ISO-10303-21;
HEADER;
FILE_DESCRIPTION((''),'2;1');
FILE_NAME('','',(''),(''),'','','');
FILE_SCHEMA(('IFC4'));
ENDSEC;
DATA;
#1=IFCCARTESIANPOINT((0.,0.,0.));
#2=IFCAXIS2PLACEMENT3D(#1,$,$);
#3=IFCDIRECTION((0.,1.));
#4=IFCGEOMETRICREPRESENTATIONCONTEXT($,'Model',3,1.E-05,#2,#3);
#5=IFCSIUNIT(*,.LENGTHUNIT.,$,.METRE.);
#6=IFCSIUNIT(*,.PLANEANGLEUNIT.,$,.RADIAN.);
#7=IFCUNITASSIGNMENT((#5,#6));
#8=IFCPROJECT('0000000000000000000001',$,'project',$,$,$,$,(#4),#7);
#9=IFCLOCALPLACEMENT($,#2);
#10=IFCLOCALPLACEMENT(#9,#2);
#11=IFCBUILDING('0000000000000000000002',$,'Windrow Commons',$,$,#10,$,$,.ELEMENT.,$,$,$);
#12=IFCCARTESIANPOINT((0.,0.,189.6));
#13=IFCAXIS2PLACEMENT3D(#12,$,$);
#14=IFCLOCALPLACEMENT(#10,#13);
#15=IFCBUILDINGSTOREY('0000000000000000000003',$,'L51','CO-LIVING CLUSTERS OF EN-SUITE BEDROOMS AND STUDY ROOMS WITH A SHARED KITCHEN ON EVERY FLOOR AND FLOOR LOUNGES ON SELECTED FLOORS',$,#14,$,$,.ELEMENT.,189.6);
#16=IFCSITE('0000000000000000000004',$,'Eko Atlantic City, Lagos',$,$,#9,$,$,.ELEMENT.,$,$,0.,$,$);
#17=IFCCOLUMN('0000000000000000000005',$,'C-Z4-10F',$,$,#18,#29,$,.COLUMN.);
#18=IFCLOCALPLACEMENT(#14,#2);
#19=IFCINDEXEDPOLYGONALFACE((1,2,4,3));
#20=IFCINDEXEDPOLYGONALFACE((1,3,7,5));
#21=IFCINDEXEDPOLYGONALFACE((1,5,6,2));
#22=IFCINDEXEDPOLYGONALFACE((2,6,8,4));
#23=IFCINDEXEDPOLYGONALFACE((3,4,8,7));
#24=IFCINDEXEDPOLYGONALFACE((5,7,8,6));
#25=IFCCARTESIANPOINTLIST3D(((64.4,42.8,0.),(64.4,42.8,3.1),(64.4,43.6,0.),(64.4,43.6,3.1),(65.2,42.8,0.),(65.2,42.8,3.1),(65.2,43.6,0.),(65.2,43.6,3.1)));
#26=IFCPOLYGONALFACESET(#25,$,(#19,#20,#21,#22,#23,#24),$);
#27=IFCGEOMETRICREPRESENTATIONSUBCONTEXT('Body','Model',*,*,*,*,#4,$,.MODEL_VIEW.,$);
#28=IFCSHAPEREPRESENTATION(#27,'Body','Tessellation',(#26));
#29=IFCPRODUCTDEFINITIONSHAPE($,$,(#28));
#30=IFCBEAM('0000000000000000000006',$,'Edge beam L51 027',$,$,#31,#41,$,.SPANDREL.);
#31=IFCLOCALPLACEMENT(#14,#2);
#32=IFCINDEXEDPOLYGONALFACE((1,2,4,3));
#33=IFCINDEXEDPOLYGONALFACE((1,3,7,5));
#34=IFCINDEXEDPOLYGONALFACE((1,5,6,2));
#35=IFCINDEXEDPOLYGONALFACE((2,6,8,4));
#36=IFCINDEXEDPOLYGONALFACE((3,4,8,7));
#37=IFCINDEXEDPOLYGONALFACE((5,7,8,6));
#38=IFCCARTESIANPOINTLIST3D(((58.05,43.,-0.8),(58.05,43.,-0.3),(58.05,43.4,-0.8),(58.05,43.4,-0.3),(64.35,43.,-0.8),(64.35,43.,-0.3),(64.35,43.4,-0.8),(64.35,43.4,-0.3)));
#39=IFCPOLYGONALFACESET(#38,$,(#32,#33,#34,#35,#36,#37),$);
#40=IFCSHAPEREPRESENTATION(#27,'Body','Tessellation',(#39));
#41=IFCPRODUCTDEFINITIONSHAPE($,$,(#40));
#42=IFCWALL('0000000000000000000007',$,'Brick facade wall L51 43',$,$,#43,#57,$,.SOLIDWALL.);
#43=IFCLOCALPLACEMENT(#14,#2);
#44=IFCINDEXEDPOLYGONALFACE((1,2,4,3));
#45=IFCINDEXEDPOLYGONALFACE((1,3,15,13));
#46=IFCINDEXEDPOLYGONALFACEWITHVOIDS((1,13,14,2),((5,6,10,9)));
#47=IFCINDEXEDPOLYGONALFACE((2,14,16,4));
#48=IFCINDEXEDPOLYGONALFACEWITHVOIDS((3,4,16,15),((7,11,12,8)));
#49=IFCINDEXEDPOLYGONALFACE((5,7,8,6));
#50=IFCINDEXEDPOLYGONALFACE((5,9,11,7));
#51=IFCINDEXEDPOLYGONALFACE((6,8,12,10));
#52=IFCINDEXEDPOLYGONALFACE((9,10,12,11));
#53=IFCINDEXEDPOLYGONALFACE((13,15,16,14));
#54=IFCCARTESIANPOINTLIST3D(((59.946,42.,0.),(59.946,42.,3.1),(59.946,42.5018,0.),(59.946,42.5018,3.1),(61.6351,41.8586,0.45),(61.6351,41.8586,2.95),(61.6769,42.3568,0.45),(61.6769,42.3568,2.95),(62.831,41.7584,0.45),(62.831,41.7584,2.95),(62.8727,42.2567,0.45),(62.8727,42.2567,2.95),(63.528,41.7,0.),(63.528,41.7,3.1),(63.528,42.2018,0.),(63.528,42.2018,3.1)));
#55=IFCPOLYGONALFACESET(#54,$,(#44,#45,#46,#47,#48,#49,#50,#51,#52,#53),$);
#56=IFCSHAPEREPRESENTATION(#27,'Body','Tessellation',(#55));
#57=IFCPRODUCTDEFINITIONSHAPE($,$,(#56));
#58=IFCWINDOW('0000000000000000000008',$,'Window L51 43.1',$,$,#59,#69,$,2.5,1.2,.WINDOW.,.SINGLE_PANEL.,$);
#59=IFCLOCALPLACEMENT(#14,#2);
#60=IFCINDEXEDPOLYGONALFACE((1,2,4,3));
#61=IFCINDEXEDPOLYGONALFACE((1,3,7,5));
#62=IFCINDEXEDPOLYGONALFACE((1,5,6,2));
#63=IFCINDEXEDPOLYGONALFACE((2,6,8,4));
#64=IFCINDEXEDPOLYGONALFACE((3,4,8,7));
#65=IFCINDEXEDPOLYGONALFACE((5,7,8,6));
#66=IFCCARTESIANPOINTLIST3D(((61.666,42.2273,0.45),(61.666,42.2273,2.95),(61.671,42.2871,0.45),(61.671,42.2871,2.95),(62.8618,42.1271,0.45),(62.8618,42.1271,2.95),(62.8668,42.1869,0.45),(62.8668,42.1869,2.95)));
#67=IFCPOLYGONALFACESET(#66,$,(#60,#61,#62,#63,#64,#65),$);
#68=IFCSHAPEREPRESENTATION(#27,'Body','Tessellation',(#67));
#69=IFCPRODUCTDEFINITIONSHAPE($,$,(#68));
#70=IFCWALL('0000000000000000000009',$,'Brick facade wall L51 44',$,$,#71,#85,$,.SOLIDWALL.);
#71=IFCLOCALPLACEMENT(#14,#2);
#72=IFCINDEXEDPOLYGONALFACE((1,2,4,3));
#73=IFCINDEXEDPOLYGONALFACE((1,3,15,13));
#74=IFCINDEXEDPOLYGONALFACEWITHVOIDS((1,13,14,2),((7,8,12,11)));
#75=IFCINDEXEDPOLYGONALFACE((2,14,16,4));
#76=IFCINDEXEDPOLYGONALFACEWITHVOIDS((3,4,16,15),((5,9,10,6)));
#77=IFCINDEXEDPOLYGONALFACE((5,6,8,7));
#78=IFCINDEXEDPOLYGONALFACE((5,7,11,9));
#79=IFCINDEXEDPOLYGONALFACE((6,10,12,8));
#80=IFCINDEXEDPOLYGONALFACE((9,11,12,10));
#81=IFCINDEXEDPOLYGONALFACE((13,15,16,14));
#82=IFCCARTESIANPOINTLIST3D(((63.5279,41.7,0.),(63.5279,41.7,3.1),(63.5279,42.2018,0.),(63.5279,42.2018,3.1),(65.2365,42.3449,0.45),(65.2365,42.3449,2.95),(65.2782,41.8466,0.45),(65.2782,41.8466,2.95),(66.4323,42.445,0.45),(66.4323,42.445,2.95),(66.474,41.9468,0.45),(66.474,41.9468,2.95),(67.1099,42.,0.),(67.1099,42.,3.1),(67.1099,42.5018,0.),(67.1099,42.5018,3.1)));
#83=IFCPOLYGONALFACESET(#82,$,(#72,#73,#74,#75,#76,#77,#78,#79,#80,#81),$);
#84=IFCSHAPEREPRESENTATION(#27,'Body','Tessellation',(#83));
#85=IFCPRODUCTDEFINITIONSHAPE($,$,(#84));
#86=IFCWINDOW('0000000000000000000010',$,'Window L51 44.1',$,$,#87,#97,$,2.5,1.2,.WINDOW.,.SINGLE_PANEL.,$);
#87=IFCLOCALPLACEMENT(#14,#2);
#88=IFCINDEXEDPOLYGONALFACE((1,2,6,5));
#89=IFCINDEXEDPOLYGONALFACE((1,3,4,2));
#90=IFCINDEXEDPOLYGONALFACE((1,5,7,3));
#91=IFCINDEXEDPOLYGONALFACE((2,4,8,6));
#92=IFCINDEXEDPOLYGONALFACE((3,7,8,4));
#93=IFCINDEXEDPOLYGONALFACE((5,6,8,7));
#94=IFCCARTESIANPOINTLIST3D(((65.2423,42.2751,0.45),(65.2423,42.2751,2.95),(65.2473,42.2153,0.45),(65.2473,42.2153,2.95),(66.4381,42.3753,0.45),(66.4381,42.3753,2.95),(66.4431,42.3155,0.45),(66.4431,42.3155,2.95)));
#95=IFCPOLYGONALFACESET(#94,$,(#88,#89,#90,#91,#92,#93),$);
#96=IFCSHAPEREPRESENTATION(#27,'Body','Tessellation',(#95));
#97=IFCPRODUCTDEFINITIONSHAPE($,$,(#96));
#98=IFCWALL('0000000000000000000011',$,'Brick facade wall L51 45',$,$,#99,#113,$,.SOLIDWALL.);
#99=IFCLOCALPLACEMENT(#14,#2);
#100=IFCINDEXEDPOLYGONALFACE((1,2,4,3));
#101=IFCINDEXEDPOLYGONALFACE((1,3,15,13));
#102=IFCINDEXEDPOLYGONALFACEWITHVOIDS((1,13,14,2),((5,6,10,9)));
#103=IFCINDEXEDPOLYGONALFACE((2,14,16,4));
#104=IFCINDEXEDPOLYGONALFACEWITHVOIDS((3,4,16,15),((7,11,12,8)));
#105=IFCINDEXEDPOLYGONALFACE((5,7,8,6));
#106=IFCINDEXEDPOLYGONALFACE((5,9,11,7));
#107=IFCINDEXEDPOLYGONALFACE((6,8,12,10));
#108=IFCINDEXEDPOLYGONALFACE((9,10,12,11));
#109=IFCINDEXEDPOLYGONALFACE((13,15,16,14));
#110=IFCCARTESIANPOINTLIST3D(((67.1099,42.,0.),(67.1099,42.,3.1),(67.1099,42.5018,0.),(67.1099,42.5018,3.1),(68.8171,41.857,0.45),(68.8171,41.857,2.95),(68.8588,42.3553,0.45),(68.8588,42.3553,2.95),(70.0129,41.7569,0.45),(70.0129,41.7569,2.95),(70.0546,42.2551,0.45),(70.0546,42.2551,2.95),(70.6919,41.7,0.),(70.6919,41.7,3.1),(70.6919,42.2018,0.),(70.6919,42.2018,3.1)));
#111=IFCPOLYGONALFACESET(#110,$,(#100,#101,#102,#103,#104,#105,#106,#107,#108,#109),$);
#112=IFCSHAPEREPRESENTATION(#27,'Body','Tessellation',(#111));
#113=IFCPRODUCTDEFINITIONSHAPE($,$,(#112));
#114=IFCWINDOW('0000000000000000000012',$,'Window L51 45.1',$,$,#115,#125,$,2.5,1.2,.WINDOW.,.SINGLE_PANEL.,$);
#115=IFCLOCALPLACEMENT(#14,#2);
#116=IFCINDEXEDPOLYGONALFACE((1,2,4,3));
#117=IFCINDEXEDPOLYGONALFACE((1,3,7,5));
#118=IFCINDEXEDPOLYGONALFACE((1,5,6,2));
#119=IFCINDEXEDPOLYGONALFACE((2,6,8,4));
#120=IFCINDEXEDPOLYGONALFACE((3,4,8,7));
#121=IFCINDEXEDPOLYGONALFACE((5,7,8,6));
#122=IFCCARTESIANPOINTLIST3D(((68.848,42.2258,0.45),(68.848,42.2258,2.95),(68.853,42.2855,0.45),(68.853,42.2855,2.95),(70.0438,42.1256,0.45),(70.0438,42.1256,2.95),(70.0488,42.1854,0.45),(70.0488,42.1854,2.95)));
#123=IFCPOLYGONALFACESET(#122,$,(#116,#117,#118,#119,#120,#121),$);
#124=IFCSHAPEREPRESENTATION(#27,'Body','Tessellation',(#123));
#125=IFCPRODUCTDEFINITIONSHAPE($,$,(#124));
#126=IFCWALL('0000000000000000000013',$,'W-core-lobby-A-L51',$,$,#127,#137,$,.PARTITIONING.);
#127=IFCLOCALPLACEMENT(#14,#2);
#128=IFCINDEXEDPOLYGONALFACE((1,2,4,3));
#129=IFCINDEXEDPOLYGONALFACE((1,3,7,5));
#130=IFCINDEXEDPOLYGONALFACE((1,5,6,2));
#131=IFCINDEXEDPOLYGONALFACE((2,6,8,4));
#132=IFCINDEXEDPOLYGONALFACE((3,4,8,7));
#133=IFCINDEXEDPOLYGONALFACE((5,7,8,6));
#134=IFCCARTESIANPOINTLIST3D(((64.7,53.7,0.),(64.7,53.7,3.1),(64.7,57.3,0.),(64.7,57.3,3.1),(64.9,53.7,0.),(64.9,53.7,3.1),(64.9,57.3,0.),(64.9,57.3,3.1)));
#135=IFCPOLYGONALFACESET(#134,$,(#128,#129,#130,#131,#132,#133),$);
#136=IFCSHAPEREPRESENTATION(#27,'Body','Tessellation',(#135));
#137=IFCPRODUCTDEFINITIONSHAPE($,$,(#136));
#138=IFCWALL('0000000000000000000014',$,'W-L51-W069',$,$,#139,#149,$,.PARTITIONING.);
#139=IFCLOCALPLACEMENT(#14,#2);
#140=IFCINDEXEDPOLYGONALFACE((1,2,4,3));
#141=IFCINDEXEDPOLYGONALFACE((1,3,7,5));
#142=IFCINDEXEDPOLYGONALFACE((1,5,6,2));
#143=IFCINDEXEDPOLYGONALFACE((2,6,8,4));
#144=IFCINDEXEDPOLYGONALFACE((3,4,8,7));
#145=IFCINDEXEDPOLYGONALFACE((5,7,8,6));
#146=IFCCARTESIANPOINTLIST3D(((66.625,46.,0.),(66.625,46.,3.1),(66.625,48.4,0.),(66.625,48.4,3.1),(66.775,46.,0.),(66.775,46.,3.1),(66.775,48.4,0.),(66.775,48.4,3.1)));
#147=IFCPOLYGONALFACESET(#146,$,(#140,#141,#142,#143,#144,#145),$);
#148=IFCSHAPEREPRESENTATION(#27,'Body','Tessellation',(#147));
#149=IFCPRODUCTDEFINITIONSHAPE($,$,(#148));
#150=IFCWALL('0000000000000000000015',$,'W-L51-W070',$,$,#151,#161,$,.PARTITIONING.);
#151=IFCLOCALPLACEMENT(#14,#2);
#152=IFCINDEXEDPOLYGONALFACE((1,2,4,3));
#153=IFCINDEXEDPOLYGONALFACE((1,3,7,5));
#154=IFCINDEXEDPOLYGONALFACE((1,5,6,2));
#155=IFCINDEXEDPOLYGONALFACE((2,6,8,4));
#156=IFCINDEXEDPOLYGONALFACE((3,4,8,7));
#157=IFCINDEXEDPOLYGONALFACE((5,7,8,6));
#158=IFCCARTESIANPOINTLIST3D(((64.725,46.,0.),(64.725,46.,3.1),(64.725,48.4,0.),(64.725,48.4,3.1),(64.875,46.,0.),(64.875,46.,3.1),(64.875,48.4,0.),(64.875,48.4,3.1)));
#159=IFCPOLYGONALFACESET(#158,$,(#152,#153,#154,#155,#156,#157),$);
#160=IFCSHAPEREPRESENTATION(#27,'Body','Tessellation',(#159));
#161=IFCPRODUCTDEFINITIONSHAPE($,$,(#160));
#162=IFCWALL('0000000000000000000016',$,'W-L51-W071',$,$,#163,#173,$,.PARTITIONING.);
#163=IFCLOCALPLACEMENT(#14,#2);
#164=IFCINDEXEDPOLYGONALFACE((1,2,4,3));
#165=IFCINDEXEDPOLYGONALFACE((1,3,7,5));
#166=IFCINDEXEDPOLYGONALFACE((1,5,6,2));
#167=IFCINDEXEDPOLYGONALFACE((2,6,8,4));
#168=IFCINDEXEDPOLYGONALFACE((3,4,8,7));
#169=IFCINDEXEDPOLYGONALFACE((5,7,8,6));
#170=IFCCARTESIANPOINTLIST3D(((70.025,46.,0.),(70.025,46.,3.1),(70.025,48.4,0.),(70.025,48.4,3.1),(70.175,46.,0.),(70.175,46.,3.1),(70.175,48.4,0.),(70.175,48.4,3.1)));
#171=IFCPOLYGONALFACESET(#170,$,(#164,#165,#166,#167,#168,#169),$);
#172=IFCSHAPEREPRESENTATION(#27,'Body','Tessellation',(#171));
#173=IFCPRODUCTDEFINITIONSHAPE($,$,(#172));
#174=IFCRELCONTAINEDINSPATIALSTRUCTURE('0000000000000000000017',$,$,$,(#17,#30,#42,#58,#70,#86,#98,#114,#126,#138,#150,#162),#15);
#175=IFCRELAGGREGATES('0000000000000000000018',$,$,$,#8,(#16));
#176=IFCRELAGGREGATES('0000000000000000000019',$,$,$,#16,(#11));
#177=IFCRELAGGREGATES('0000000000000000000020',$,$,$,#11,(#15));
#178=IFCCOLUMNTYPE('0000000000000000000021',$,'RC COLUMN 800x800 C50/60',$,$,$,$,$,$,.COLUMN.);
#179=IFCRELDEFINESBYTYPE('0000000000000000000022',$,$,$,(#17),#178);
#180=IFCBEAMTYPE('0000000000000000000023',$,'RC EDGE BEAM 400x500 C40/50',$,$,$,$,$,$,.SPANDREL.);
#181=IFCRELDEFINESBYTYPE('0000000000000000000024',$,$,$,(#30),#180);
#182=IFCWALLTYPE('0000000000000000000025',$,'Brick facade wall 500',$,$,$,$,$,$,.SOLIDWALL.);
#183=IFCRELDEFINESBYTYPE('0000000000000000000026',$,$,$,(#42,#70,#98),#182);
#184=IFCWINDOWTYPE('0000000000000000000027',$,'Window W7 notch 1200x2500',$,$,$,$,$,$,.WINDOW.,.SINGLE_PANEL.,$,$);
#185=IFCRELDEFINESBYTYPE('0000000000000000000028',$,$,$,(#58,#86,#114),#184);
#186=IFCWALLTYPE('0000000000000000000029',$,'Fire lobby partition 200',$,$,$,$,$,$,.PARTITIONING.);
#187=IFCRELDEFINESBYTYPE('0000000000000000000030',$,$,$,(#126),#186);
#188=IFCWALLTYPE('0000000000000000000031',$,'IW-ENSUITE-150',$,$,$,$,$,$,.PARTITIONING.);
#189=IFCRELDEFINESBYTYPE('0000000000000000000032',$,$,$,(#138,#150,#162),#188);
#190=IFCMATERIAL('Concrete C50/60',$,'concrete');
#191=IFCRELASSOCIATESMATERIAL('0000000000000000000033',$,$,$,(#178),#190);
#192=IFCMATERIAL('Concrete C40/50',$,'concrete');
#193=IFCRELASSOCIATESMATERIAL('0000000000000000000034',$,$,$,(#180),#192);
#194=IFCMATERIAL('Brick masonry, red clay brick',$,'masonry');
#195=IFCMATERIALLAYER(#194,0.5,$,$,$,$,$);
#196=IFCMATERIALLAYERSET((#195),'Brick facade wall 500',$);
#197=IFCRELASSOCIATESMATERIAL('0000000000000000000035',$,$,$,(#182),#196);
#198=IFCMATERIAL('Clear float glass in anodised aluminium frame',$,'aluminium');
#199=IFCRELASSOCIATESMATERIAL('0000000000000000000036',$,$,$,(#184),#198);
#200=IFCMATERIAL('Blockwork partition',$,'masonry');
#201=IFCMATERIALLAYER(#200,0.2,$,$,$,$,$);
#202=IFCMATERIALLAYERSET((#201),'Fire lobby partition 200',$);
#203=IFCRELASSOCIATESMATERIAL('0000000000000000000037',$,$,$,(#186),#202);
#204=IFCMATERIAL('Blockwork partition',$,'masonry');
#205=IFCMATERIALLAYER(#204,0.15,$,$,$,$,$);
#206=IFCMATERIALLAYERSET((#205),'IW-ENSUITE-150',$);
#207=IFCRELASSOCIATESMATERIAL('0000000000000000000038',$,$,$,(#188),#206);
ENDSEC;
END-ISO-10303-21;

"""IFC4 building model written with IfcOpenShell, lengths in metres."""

from ifc_helpers import new_model, si_unit, direction, frame, frame_2d, origin, origin_2d, place, context, subcontext, project, spatial, polyline, rectangle, outline, extrude, material, layer, layer_set, material_profile, profile_set, type_object, element, fill, save


model = new_model("IFC4")

# Units and contexts
model_context = context("Model", 3, precision=1e-05, world=origin(), true_north=direction((0.0, 1.0)))
body_context = subcontext(model_context, "Body", "Model", "MODEL_VIEW")
ifc_project = project(units=[si_unit("LENGTHUNIT", "METRE"), si_unit("PLANEANGLEUNIT", "RADIAN")], contexts=[model_context])

# Site, building, storey
site_placement = place(None, origin())
site = spatial("IfcSite", under=ifc_project, at=site_placement, Name="Eko Atlantic City, Lagos", CompositionType="ELEMENT", RefElevation=0.0)
building_placement = place(site_placement, origin())
building = spatial("IfcBuilding", under=site, at=building_placement, Name="Windrow Commons", CompositionType="ELEMENT")
storey_placement = place(building_placement, frame((0.0, 0.0, 189.6)))
storey = spatial("IfcBuildingStorey", under=building, at=storey_placement, Name="L51", Description="CO-LIVING CLUSTERS OF EN-SUITE BEDROOMS AND STUDY ROOMS WITH A SHARED KITCHEN ON EVERY FLOOR AND FLOOR LOUNGES ON SELECTED FLOORS", CompositionType="ELEMENT", Elevation=189.6)

# Column
ifc_material_1 = material(Name="Concrete C50/60", Category="concrete")
ifc_material_profile_1 = material_profile(ifc_material_1, rectangle(XDim=0.8, YDim=0.8, at=origin_2d()))
ifc_profile_set_1 = profile_set([ifc_material_profile_1], Name="Concrete C50/60")
column_type = type_object("IfcColumnType", Name="RC COLUMN 800x800 C50/60", PredefinedType="COLUMN", material=ifc_profile_set_1)
column_placement = place(storey_placement, frame((64.8, 43.2, 0.0), z_axis=(0.0, 0.0, 1.0), x_axis=(1.0, 0.0, 0.0)))
element("IfcColumn", 1, at=column_placement, inside=storey, type_object=column_type, Name="C-Z4-10F", PredefinedType="COLUMN", context=body_context, shape_type="SweptSolid", body=[
    extrude(rectangle(XDim=0.8, YDim=0.8, at=origin_2d()), origin(), (0.0, 0.0, 1.0), 3.1),
])

# Beam
ifc_material_2 = material(Name="Concrete C40/50", Category="concrete")
ifc_material_profile_2 = material_profile(ifc_material_2, rectangle(XDim=0.4, YDim=0.5, at=origin_2d()))
ifc_profile_set_2 = profile_set([ifc_material_profile_2], Name="Concrete C40/50")
beam_type = type_object("IfcBeamType", Name="RC EDGE BEAM 400x500 C40/50", PredefinedType="SPANDREL", material=ifc_profile_set_2)
beam_placement = place(storey_placement, frame((64.35, 43.2, -0.55), z_axis=(-1.0, 0.0, 0.0), x_axis=(0.0, -1.0, 0.0)))
element("IfcBeam", 2, at=beam_placement, inside=storey, type_object=beam_type, Name="Edge beam L51 027", PredefinedType="SPANDREL", context=body_context, shape_type="SweptSolid", body=[
    extrude(rectangle(XDim=0.4, YDim=0.5, at=origin_2d()), origin(), (0.0, 0.0, 1.0), 6.3),
])

# Walls, openings, windows
ifc_material_3 = material(Name="Brick masonry, red clay brick", Category="masonry")
ifc_layer_1 = layer(ifc_material_3, 0.5)
ifc_layer_set_1 = layer_set([ifc_layer_1], Name="Brick facade wall 500")
wall_type_1 = type_object("IfcWallType", Name="Brick facade wall 500", PredefinedType="SOLIDWALL", material=ifc_layer_set_1)
wall_1_placement = place(storey_placement, frame((59.946, 42.2509, 0.0), z_axis=(0.0, 0.0, 1.0), x_axis=(0.996511, -0.083462, 0.0)))
wall_1 = element("IfcWall", 3, at=wall_1_placement, inside=storey, type_object=wall_type_1, Name="Brick facade wall L51 43", PredefinedType="SOLIDWALL", context=body_context, shape_type="SweptSolid", body=[
    extrude(outline(polyline([(0.0209, -0.25), (3.6155, -0.25), (3.5736, 0.25), (-0.0209, 0.25), (0.0209, -0.25)])), origin(), (0.0, 0.0, 1.0), 3.1),
])
opening_1_placement = place(wall_1_placement, frame((1.716, 0.0, 0.45)))
opening_1 = element("IfcOpeningElement", 4, at=opening_1_placement, cuts=wall_1, PredefinedType="OPENING", context=body_context, shape_type="SweptSolid", body=[
    extrude(rectangle(XDim=1.2, YDim=2.5, at=frame_2d((0.6, 1.25))), frame((0.0, 0.26, 0.0), z_axis=(0.0, -1.0, 0.0), x_axis=(1.0, 0.0, 0.0)), (0.0, 0.0, 1.0), 0.52),
])
ifc_material_4 = material(Name="Clear float glass in anodised aluminium frame", Category="aluminium")
window_type = type_object("IfcWindowType", Name="Window W7 notch 1200x2500", PartitioningType="SINGLE_PANEL", PredefinedType="WINDOW", material=ifc_material_4)
window_1_placement = place(opening_1_placement, origin())
window_1 = element("IfcWindow", 5, at=window_1_placement, inside=storey, type_object=window_type, Name="Window L51 43.1", OverallHeight=2.5, OverallWidth=1.2, PartitioningType="SINGLE_PANEL", PredefinedType="WINDOW", context=body_context, shape_type="SweptSolid", body=[
    extrude(rectangle(XDim=1.2, YDim=2.5, at=frame_2d((0.6, 1.25))), frame((0.0, 0.18, 0.0), z_axis=(0.0, -1.0, 0.0), x_axis=(1.0, 0.0, 0.0)), (0.0, 0.0, 1.0), 0.06),
])
fill(opening_1, window_1)
wall_2_placement = place(storey_placement, frame((63.5279, 41.9509, 0.0), z_axis=(0.0, 0.0, 1.0), x_axis=(0.996511, 0.08346, 0.0)))
wall_2 = element("IfcWall", 6, at=wall_2_placement, inside=storey, type_object=wall_type_1, Name="Brick facade wall L51 44", PredefinedType="SOLIDWALL", context=body_context, shape_type="SweptSolid", body=[
    extrude(outline(polyline([(-0.0209, -0.25), (3.5736, -0.25), (3.6155, 0.25), (0.0209, 0.25), (-0.0209, -0.25)])), origin(), (0.0, 0.0, 1.0), 3.1),
])
opening_2_placement = place(wall_2_placement, frame((1.7355, 0.0, 0.45)))
opening_2 = element("IfcOpeningElement", 7, at=opening_2_placement, cuts=wall_2, PredefinedType="OPENING", context=body_context, shape_type="SweptSolid", body=[
    extrude(rectangle(XDim=1.2, YDim=2.5, at=frame_2d((0.6, 1.25))), frame((0.0, 0.26, 0.0), z_axis=(0.0, -1.0, 0.0), x_axis=(1.0, 0.0, 0.0)), (0.0, 0.0, 1.0), 0.52),
])
window_2_placement = place(opening_2_placement, origin())
window_2 = element("IfcWindow", 8, at=window_2_placement, inside=storey, type_object=window_type, Name="Window L51 44.1", OverallHeight=2.5, OverallWidth=1.2, PartitioningType="SINGLE_PANEL", PredefinedType="WINDOW", context=body_context, shape_type="SweptSolid", body=[
    extrude(rectangle(XDim=1.2, YDim=2.5, at=frame_2d((0.6, 1.25))), frame((0.0, 0.18, 0.0), z_axis=(0.0, -1.0, 0.0), x_axis=(1.0, 0.0, 0.0)), (0.0, 0.0, 1.0), 0.06),
])
fill(opening_2, window_2)
wall_3_placement = place(storey_placement, frame((67.1099, 42.2509, 0.0), z_axis=(0.0, 0.0, 1.0), x_axis=(0.996511, -0.08346, 0.0)))
wall_3 = element("IfcWall", 9, at=wall_3_placement, inside=storey, type_object=wall_type_1, Name="Brick facade wall L51 45", PredefinedType="SOLIDWALL", context=body_context, shape_type="SweptSolid", body=[
    extrude(outline(polyline([(0.0209, -0.25), (3.6155, -0.25), (3.5736, 0.25), (-0.0209, 0.25), (0.0209, -0.25)])), origin(), (0.0, 0.0, 1.0), 3.1),
])
opening_3_placement = place(wall_3_placement, frame((1.7341, 0.0, 0.45)))
opening_3 = element("IfcOpeningElement", 10, at=opening_3_placement, cuts=wall_3, PredefinedType="OPENING", context=body_context, shape_type="SweptSolid", body=[
    extrude(rectangle(XDim=1.2, YDim=2.5, at=frame_2d((0.6, 1.25))), frame((0.0, 0.26, 0.0), z_axis=(0.0, -1.0, 0.0), x_axis=(1.0, 0.0, 0.0)), (0.0, 0.0, 1.0), 0.52),
])
window_3_placement = place(opening_3_placement, origin())
window_3 = element("IfcWindow", 11, at=window_3_placement, inside=storey, type_object=window_type, Name="Window L51 45.1", OverallHeight=2.5, OverallWidth=1.2, PartitioningType="SINGLE_PANEL", PredefinedType="WINDOW", context=body_context, shape_type="SweptSolid", body=[
    extrude(rectangle(XDim=1.2, YDim=2.5, at=frame_2d((0.6, 1.25))), frame((0.0, 0.18, 0.0), z_axis=(0.0, -1.0, 0.0), x_axis=(1.0, 0.0, 0.0)), (0.0, 0.0, 1.0), 0.06),
])
fill(opening_3, window_3)

# Walls
ifc_material_5 = material(Name="Blockwork partition", Category="masonry")
ifc_layer_2 = layer(ifc_material_5, 0.2)
ifc_layer_set_2 = layer_set([ifc_layer_2], Name="Fire lobby partition 200")
wall_type_2 = type_object("IfcWallType", Name="Fire lobby partition 200", PredefinedType="PARTITIONING", material=ifc_layer_set_2)
wall_4_placement = place(storey_placement, frame((64.8, 53.7, 0.0), z_axis=(0.0, 0.0, 1.0), x_axis=(0.0, 1.0, 0.0)))
element("IfcWall", 12, at=wall_4_placement, inside=storey, type_object=wall_type_2, Name="W-core-lobby-A-L51", PredefinedType="PARTITIONING", context=body_context, shape_type="SweptSolid", body=[
    extrude(rectangle(XDim=3.6, YDim=0.2, at=frame_2d((1.8, 0.0))), origin(), (0.0, 0.0, 1.0), 3.1),
])
ifc_material_6 = material(Name="Blockwork partition", Category="masonry")
ifc_layer_3 = layer(ifc_material_6, 0.15)
ifc_layer_set_3 = layer_set([ifc_layer_3], Name="IW-ENSUITE-150")
wall_type_3 = type_object("IfcWallType", Name="IW-ENSUITE-150", PredefinedType="PARTITIONING", material=ifc_layer_set_3)
for number, where, z_axis, x_axis, name in (
    (13, (66.7, 46.0, 0.0), (0.0, 0.0, 1.0), (0.0, 1.0, 0.0), "W-L51-W069"),
    (14, (64.8, 46.0, 0.0), (0.0, 0.0, 1.0), (0.0, 1.0, 0.0), "W-L51-W070"),
    (15, (70.1, 46.0, 0.0), (0.0, 0.0, 1.0), (0.0, 1.0, 0.0), "W-L51-W071"),
):
    element("IfcWall", number, at=place(storey_placement, frame(where, z_axis=z_axis, x_axis=x_axis)), inside=storey, type_object=wall_type_3, Name=name, PredefinedType="PARTITIONING", context=body_context, shape_type="SweptSolid", body=[
        extrude(rectangle(XDim=2.4, YDim=0.15, at=frame_2d((1.2, 0.0))), origin(), (0.0, 0.0, 1.0), 3.1),
    ])

save(model, "model.ifc")
